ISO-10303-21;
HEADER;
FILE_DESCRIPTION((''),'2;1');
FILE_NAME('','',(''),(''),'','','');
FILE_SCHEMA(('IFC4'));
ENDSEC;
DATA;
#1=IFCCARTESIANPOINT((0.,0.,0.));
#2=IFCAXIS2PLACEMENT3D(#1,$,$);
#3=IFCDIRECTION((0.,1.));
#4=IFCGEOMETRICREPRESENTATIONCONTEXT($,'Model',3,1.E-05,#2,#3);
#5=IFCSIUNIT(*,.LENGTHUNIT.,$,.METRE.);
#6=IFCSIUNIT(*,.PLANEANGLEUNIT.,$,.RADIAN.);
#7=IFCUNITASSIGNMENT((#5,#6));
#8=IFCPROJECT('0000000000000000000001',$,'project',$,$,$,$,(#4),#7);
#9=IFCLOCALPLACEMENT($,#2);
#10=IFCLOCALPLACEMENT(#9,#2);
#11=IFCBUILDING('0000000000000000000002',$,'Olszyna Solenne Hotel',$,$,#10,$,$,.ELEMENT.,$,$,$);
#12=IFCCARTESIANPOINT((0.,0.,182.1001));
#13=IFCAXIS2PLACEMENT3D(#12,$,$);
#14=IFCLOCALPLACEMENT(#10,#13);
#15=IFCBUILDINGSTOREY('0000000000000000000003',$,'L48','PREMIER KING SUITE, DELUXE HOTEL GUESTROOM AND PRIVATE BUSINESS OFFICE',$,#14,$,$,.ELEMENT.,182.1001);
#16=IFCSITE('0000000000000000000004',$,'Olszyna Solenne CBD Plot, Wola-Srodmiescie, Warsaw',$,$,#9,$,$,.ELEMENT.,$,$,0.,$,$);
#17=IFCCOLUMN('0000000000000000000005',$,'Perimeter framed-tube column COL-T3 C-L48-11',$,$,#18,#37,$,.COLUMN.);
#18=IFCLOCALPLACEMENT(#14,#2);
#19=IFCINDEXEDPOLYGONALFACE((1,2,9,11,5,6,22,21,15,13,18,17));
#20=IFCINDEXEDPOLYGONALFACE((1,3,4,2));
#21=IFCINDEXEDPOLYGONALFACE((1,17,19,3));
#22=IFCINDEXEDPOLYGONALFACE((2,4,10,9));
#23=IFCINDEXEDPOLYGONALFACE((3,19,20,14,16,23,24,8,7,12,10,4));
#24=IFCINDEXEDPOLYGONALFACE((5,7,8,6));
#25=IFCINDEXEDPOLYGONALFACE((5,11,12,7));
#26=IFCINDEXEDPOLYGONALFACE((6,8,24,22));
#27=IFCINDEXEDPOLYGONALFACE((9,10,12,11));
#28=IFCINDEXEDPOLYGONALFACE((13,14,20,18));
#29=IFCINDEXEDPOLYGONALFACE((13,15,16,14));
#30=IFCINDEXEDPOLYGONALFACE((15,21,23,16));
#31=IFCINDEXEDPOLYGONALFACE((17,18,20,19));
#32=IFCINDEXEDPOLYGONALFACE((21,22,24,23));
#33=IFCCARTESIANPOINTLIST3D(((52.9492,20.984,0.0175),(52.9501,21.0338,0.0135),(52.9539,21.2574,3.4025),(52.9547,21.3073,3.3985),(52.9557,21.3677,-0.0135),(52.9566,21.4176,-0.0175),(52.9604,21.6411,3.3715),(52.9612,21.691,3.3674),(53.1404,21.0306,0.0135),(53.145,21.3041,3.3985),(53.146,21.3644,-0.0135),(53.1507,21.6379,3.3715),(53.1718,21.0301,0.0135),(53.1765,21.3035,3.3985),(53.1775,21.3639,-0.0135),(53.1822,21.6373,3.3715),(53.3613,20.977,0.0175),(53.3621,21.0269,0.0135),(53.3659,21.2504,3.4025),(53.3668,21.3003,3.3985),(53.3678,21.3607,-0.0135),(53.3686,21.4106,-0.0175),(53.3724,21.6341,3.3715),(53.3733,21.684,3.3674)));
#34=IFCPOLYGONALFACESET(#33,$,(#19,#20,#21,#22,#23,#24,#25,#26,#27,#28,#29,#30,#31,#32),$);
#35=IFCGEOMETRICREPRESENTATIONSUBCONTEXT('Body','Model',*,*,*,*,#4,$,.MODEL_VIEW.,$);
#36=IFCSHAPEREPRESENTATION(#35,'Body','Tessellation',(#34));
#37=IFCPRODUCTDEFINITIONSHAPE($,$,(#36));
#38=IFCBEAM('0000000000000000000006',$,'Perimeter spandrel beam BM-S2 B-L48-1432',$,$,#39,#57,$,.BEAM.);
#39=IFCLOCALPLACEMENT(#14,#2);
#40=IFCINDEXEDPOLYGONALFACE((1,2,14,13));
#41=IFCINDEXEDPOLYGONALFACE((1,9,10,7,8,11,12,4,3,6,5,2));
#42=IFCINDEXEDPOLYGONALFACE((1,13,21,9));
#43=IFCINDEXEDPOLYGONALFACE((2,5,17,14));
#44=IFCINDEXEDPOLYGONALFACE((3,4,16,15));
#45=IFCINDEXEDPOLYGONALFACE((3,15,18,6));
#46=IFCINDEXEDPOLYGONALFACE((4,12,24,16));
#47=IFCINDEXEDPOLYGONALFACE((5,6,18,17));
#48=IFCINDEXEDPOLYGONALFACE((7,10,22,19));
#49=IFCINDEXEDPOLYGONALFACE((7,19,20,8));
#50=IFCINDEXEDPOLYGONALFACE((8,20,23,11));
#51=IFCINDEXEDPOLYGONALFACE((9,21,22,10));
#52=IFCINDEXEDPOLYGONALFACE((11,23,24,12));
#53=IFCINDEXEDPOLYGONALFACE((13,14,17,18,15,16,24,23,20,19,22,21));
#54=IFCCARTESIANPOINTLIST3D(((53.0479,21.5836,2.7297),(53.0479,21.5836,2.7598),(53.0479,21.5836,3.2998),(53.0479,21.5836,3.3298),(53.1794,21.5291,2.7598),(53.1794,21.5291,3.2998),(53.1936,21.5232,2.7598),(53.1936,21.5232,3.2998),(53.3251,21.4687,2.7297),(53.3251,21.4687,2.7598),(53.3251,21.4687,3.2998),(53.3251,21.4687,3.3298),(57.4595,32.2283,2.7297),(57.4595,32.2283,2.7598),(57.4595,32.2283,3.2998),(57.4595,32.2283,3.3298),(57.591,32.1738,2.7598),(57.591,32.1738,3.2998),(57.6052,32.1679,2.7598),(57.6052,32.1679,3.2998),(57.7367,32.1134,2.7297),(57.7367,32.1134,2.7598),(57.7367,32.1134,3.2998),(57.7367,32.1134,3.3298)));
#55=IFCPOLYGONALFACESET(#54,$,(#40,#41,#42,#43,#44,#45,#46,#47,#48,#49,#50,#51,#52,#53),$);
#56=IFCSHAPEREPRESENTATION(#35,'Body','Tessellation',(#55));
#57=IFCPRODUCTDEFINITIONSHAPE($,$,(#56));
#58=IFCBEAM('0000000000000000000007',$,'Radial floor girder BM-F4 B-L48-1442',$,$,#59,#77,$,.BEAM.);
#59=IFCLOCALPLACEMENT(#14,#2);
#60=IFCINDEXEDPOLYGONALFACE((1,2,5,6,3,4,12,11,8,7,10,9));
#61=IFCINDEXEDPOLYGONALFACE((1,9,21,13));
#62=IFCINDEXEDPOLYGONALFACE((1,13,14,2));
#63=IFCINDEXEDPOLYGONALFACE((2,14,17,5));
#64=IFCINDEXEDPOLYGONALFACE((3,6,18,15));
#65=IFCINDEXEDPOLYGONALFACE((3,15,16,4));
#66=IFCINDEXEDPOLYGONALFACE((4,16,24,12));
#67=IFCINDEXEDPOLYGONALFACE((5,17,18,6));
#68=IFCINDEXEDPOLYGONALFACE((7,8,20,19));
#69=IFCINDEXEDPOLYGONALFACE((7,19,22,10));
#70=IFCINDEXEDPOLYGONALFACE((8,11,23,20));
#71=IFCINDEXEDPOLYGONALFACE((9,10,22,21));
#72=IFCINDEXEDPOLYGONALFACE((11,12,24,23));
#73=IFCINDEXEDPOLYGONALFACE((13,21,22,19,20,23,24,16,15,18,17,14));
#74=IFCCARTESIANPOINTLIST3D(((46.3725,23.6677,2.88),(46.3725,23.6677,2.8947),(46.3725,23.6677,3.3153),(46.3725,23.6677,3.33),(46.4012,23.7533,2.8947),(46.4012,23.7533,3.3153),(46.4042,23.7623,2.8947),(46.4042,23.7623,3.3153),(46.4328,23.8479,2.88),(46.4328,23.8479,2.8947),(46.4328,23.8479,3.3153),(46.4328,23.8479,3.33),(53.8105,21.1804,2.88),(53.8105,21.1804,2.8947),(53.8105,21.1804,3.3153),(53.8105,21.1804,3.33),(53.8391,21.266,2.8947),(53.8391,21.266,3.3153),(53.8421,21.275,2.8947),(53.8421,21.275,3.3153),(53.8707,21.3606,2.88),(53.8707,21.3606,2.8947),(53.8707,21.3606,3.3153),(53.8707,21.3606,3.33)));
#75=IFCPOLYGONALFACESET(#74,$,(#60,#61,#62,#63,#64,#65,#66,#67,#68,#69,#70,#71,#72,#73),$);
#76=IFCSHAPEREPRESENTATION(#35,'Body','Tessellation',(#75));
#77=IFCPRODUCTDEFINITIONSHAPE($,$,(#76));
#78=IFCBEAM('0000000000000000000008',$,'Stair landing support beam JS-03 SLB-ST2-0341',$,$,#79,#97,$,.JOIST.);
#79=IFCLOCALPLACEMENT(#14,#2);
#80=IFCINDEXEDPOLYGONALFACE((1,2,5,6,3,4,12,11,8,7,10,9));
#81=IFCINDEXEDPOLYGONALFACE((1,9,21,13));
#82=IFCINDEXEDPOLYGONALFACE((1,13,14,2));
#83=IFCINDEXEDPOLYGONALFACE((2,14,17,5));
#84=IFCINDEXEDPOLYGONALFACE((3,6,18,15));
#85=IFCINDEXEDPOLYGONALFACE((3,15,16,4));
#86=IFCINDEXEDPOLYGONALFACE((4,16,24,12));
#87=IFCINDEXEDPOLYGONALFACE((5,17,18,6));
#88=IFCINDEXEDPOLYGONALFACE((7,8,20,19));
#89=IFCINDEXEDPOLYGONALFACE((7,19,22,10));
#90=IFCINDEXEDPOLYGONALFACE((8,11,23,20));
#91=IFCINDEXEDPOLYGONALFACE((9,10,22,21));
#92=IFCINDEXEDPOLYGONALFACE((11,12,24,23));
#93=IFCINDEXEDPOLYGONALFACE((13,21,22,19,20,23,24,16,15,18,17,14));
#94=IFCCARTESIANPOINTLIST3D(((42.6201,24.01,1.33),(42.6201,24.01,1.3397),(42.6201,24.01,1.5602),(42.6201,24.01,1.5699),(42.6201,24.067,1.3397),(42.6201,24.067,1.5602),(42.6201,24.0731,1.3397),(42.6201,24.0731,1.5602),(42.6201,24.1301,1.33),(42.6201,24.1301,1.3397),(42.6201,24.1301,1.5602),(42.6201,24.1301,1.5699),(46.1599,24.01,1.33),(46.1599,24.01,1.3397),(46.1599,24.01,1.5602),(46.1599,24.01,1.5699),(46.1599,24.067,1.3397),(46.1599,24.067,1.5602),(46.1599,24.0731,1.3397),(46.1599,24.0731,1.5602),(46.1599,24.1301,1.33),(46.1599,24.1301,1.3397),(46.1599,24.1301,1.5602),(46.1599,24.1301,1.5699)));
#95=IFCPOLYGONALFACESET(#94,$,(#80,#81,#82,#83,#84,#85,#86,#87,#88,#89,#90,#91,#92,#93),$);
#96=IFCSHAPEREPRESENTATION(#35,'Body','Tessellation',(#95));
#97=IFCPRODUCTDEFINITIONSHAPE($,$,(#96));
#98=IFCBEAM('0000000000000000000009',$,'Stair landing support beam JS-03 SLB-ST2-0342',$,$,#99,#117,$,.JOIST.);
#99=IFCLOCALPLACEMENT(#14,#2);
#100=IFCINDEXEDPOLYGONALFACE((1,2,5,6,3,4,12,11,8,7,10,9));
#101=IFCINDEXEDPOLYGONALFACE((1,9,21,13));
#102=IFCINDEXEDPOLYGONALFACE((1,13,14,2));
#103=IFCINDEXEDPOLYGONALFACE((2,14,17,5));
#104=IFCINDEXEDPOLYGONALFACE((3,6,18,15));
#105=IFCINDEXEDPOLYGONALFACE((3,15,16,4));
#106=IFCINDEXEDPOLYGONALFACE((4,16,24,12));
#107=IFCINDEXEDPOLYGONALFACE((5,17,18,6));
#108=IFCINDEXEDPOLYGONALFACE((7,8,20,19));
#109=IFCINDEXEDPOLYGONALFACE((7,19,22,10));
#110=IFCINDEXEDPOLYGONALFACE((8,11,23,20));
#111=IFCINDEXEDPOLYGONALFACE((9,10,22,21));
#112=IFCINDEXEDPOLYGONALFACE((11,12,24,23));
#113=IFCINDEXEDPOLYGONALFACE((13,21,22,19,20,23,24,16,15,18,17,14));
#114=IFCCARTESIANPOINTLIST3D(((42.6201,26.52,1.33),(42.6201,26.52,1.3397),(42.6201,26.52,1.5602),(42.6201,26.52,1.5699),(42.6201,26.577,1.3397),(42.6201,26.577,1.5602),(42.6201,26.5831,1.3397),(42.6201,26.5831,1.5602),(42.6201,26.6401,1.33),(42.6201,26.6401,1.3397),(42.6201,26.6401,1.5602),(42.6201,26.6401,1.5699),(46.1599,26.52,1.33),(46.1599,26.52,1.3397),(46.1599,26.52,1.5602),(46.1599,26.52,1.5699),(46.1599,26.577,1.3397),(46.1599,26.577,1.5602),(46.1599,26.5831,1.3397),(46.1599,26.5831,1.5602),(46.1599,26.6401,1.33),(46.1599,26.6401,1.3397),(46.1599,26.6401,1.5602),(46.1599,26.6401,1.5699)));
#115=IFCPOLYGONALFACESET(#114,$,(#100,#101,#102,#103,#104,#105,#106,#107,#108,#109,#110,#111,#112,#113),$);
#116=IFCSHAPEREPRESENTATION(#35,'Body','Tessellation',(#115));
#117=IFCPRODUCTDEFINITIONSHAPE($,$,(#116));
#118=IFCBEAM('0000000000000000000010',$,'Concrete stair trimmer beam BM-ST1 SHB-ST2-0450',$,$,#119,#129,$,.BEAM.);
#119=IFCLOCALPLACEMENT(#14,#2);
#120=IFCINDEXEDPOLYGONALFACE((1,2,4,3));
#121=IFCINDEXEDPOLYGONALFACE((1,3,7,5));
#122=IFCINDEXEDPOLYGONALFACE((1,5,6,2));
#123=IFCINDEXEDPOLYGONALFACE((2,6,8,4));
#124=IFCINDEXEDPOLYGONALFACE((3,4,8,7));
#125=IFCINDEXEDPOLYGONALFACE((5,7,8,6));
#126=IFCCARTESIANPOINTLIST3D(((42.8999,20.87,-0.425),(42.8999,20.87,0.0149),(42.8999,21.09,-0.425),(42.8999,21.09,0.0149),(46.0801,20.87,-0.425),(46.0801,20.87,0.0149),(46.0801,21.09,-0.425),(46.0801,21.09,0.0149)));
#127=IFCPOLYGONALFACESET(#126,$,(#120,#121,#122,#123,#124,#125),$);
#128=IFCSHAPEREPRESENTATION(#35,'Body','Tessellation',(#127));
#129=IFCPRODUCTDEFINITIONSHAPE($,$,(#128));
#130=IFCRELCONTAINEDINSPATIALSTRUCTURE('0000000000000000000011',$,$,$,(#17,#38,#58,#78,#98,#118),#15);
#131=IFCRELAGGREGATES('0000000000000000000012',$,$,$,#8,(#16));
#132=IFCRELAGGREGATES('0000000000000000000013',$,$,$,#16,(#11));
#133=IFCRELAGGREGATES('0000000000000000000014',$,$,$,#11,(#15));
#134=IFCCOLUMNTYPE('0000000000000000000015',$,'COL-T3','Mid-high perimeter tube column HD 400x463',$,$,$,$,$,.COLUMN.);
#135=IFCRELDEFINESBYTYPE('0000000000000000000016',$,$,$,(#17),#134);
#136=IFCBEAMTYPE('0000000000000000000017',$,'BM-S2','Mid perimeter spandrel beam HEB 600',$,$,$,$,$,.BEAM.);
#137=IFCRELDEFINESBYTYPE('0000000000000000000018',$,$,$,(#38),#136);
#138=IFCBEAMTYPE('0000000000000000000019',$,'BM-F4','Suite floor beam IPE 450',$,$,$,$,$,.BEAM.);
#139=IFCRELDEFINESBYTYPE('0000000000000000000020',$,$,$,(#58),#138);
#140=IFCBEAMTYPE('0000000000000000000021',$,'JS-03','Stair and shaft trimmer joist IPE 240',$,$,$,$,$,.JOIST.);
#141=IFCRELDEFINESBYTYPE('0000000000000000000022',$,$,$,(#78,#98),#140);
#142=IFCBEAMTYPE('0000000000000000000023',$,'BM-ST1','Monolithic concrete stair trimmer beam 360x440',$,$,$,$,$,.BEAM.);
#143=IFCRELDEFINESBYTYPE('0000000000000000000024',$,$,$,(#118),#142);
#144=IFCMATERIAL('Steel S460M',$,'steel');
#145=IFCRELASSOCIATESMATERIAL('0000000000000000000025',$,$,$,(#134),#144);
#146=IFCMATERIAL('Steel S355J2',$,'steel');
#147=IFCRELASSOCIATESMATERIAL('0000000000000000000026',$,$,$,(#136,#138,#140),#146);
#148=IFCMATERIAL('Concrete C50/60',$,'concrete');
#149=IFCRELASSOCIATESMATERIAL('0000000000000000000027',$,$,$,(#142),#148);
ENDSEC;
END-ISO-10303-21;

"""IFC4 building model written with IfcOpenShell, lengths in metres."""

from ifc_helpers import new_model, si_unit, direction, frame, origin, origin_2d, place, context, subcontext, project, spatial, rectangle, i_section, extrude, source, transform, mapped, material, material_profile, profile_set, type_object, element, save


model = new_model("IFC4")

# Units and contexts
model_context = context("Model", 3, precision=1e-05, world=origin(), true_north=direction((0.0, 1.0)))
body_context = subcontext(model_context, "Body", "Model", "MODEL_VIEW")
ifc_project = project(units=[si_unit("LENGTHUNIT", "METRE"), si_unit("PLANEANGLEUNIT", "RADIAN")], contexts=[model_context])

# Site, building, storey
site_placement = place(None, origin())
site = spatial("IfcSite", under=ifc_project, at=site_placement, Name="Olszyna Solenne CBD Plot, Wola-Srodmiescie, Warsaw", CompositionType="ELEMENT", RefElevation=0.0)
building_placement = place(site_placement, origin())
building = spatial("IfcBuilding", under=site, at=building_placement, Name="Olszyna Solenne Hotel", CompositionType="ELEMENT")
storey_placement = place(building_placement, frame((0.0, 0.0, 182.1001)))
storey = spatial("IfcBuildingStorey", under=building, at=storey_placement, Name="L48", Description="PREMIER KING SUITE, DELUXE HOTEL GUESTROOM AND PRIVATE BUSINESS OFFICE", CompositionType="ELEMENT", Elevation=182.1001)

# Column
ifc_material_1 = material(Name="Steel S460M", Category="steel")
ifc_material_profile_1 = material_profile(ifc_material_1, i_section(OverallWidth=0.4121, OverallDepth=0.4351, WebThickness=0.0315, FlangeThickness=0.05, at=origin_2d()), Name="HD 400x463", Category="load-bearing")
ifc_profile_set_1 = profile_set([ifc_material_profile_1], Name="Steel S460M")
column_type = type_object("IfcColumnType", Name="COL-T3", Description="Mid-high perimeter tube column HD 400x463", PredefinedType="COLUMN", material=ifc_profile_set_1)
shared_shape_1 = source(origin(), body_context, "Body", "SweptSolid", [
    extrude(i_section(OverallWidth=0.4121, OverallDepth=0.4351, WebThickness=0.0315, FlangeThickness=0.05, at=origin_2d()), origin(), (0.0, 0.0, 1.0), 3.396),
])
column_placement = place(storey_placement, frame((53.1589, 21.1973, 0.0), z_axis=(0.001366, 0.080517, 0.996752), x_axis=(-0.999856, 0.016962, 0.0)))
element("IfcColumn", 1, at=column_placement, inside=storey, type_object=column_type, Name="Perimeter framed-tube column COL-T3 C-L48-11", PredefinedType="COLUMN", context=body_context, shape_type="MappedRepresentation", body=[
    mapped(shared_shape_1, transform((0.0, 0.0, 0.0), x_axis=(1.0, 0.0, 0.0), y_axis=(0.0, 1.0, 0.0), z_axis=(0.0, 0.0, 1.0), scale=1.0)),
])

# Beams
ifc_material_2 = material(Name="Steel S355J2", Category="steel")
ifc_material_profile_2 = material_profile(ifc_material_2, i_section(OverallWidth=0.3, OverallDepth=0.6001, WebThickness=0.0154, FlangeThickness=0.03, at=origin_2d()), Name="HEB 600", Category="load-bearing")
ifc_profile_set_2 = profile_set([ifc_material_profile_2], Name="Steel S355J2")
beam_type_1 = type_object("IfcBeamType", Name="BM-S2", Description="Mid perimeter spandrel beam HEB 600", PredefinedType="BEAM", material=ifc_profile_set_2)
shared_shape_2 = source(origin(), body_context, "Body", "SweptSolid", [
    extrude(i_section(OverallWidth=0.3, OverallDepth=0.6001, WebThickness=0.0154, FlangeThickness=0.03, at=origin_2d()), origin(), (0.0, 0.0, 1.0), 11.5227),
])
beam_1_placement = place(storey_placement, frame((53.1865, 21.5261, 3.0298), z_axis=(0.382862, 0.923806, 0.0), x_axis=(-0.923806, 0.382862, 0.0)))
element("IfcBeam", 2, at=beam_1_placement, inside=storey, type_object=beam_type_1, Name="Perimeter spandrel beam BM-S2 B-L48-1432", PredefinedType="BEAM", context=body_context, shape_type="MappedRepresentation", body=[
    mapped(shared_shape_2, transform((0.0, 0.0, 0.0), x_axis=(1.0, 0.0, 0.0), y_axis=(0.0, 1.0, 0.0), z_axis=(0.0, 0.0, 1.0), scale=1.0)),
])
ifc_material_profile_3 = material_profile(ifc_material_2, i_section(OverallWidth=0.1899, OverallDepth=0.45, WebThickness=0.0095, FlangeThickness=0.0146, at=origin_2d()), Name="IPE 450", Category="load-bearing")
ifc_profile_set_3 = profile_set([ifc_material_profile_3], Name="Steel S355J2")
beam_type_2 = type_object("IfcBeamType", Name="BM-F4", Description="Suite floor beam IPE 450", PredefinedType="BEAM", material=ifc_profile_set_3)
shared_shape_3 = source(origin(), body_context, "Body", "SweptSolid", [
    extrude(i_section(OverallWidth=0.1899, OverallDepth=0.45, WebThickness=0.0095, FlangeThickness=0.0146, at=origin_2d()), origin(), (0.0, 0.0, 1.0), 7.8428),
])
beam_2_placement = place(storey_placement, frame((53.8406, 21.2705, 3.105), z_axis=(-0.948378, 0.317143, 0.0), x_axis=(-0.317143, -0.948378, 0.0)))
element("IfcBeam", 3, at=beam_2_placement, inside=storey, type_object=beam_type_2, Name="Radial floor girder BM-F4 B-L48-1442", PredefinedType="BEAM", context=body_context, shape_type="MappedRepresentation", body=[
    mapped(shared_shape_3, transform((0.0, 0.0, 0.0), x_axis=(1.0, 0.0, 0.0), y_axis=(0.0, 1.0, 0.0), z_axis=(0.0, 0.0, 1.0), scale=1.0)),
])
ifc_material_profile_4 = material_profile(ifc_material_2, i_section(OverallWidth=0.1201, OverallDepth=0.24, WebThickness=0.0061, FlangeThickness=0.0098, at=origin_2d()), Name="IPE 240", Category="load-bearing")
ifc_profile_set_4 = profile_set([ifc_material_profile_4], Name="Steel S355J2")
beam_type_3 = type_object("IfcBeamType", Name="JS-03", Description="Stair and shaft trimmer joist IPE 240", PredefinedType="JOIST", material=ifc_profile_set_4)
shared_shape_4 = source(origin(), body_context, "Body", "SweptSolid", [
    extrude(i_section(OverallWidth=0.1201, OverallDepth=0.24, WebThickness=0.0061, FlangeThickness=0.0098, at=origin_2d()), origin(), (0.0, 0.0, 1.0), 3.5398),
])
for number, where, z_axis, x_axis, name in (
    (4, (46.1599, 24.0701, 1.45), (-1.0, 0.0, 0.0), (0.0, -1.0, 0.0), "Stair landing support beam JS-03 SLB-ST2-0341"),
    (5, (46.1599, 26.5801, 1.45), (-1.0, 0.0, 0.0), (0.0, -1.0, 0.0), "Stair landing support beam JS-03 SLB-ST2-0342"),
):
    element("IfcBeam", number, at=place(storey_placement, frame(where, z_axis=z_axis, x_axis=x_axis)), inside=storey, type_object=beam_type_3, Name=name, PredefinedType="JOIST", context=body_context, shape_type="MappedRepresentation", body=[
        mapped(shared_shape_4, transform((0.0, 0.0, 0.0), x_axis=(1.0, 0.0, 0.0), y_axis=(0.0, 1.0, 0.0), z_axis=(0.0, 0.0, 1.0), scale=1.0)),
    ])
ifc_material_3 = material(Name="Concrete C50/60", Category="concrete")
ifc_material_profile_5 = material_profile(ifc_material_3, rectangle(XDim=0.22, YDim=0.4399, at=origin_2d()), Name="RC 220x440", Category="load-bearing")
ifc_profile_set_5 = profile_set([ifc_material_profile_5], Name="Concrete C50/60")
beam_type_4 = type_object("IfcBeamType", Name="BM-ST1", Description="Monolithic concrete stair trimmer beam 360x440", PredefinedType="BEAM", material=ifc_profile_set_5)
shared_shape_5 = source(origin(), body_context, "Body", "SweptSolid", [
    extrude(rectangle(XDim=0.22, YDim=0.4399, at=origin_2d()), origin(), (0.0, 0.0, 1.0), 3.1802),
])
beam_3_placement = place(storey_placement, frame((46.0801, 20.98, -0.2051), z_axis=(-1.0, 0.0, 0.0), x_axis=(0.0, -1.0, 0.0)))
element("IfcBeam", 6, at=beam_3_placement, inside=storey, type_object=beam_type_4, Name="Concrete stair trimmer beam BM-ST1 SHB-ST2-0450", PredefinedType="BEAM", context=body_context, shape_type="MappedRepresentation", body=[
    mapped(shared_shape_5, transform((0.0, 0.0, 0.0), x_axis=(1.0, 0.0, 0.0), y_axis=(0.0, 1.0, 0.0), z_axis=(0.0, 0.0, 1.0), scale=1.0)),
])

save(model, "model.ifc")
